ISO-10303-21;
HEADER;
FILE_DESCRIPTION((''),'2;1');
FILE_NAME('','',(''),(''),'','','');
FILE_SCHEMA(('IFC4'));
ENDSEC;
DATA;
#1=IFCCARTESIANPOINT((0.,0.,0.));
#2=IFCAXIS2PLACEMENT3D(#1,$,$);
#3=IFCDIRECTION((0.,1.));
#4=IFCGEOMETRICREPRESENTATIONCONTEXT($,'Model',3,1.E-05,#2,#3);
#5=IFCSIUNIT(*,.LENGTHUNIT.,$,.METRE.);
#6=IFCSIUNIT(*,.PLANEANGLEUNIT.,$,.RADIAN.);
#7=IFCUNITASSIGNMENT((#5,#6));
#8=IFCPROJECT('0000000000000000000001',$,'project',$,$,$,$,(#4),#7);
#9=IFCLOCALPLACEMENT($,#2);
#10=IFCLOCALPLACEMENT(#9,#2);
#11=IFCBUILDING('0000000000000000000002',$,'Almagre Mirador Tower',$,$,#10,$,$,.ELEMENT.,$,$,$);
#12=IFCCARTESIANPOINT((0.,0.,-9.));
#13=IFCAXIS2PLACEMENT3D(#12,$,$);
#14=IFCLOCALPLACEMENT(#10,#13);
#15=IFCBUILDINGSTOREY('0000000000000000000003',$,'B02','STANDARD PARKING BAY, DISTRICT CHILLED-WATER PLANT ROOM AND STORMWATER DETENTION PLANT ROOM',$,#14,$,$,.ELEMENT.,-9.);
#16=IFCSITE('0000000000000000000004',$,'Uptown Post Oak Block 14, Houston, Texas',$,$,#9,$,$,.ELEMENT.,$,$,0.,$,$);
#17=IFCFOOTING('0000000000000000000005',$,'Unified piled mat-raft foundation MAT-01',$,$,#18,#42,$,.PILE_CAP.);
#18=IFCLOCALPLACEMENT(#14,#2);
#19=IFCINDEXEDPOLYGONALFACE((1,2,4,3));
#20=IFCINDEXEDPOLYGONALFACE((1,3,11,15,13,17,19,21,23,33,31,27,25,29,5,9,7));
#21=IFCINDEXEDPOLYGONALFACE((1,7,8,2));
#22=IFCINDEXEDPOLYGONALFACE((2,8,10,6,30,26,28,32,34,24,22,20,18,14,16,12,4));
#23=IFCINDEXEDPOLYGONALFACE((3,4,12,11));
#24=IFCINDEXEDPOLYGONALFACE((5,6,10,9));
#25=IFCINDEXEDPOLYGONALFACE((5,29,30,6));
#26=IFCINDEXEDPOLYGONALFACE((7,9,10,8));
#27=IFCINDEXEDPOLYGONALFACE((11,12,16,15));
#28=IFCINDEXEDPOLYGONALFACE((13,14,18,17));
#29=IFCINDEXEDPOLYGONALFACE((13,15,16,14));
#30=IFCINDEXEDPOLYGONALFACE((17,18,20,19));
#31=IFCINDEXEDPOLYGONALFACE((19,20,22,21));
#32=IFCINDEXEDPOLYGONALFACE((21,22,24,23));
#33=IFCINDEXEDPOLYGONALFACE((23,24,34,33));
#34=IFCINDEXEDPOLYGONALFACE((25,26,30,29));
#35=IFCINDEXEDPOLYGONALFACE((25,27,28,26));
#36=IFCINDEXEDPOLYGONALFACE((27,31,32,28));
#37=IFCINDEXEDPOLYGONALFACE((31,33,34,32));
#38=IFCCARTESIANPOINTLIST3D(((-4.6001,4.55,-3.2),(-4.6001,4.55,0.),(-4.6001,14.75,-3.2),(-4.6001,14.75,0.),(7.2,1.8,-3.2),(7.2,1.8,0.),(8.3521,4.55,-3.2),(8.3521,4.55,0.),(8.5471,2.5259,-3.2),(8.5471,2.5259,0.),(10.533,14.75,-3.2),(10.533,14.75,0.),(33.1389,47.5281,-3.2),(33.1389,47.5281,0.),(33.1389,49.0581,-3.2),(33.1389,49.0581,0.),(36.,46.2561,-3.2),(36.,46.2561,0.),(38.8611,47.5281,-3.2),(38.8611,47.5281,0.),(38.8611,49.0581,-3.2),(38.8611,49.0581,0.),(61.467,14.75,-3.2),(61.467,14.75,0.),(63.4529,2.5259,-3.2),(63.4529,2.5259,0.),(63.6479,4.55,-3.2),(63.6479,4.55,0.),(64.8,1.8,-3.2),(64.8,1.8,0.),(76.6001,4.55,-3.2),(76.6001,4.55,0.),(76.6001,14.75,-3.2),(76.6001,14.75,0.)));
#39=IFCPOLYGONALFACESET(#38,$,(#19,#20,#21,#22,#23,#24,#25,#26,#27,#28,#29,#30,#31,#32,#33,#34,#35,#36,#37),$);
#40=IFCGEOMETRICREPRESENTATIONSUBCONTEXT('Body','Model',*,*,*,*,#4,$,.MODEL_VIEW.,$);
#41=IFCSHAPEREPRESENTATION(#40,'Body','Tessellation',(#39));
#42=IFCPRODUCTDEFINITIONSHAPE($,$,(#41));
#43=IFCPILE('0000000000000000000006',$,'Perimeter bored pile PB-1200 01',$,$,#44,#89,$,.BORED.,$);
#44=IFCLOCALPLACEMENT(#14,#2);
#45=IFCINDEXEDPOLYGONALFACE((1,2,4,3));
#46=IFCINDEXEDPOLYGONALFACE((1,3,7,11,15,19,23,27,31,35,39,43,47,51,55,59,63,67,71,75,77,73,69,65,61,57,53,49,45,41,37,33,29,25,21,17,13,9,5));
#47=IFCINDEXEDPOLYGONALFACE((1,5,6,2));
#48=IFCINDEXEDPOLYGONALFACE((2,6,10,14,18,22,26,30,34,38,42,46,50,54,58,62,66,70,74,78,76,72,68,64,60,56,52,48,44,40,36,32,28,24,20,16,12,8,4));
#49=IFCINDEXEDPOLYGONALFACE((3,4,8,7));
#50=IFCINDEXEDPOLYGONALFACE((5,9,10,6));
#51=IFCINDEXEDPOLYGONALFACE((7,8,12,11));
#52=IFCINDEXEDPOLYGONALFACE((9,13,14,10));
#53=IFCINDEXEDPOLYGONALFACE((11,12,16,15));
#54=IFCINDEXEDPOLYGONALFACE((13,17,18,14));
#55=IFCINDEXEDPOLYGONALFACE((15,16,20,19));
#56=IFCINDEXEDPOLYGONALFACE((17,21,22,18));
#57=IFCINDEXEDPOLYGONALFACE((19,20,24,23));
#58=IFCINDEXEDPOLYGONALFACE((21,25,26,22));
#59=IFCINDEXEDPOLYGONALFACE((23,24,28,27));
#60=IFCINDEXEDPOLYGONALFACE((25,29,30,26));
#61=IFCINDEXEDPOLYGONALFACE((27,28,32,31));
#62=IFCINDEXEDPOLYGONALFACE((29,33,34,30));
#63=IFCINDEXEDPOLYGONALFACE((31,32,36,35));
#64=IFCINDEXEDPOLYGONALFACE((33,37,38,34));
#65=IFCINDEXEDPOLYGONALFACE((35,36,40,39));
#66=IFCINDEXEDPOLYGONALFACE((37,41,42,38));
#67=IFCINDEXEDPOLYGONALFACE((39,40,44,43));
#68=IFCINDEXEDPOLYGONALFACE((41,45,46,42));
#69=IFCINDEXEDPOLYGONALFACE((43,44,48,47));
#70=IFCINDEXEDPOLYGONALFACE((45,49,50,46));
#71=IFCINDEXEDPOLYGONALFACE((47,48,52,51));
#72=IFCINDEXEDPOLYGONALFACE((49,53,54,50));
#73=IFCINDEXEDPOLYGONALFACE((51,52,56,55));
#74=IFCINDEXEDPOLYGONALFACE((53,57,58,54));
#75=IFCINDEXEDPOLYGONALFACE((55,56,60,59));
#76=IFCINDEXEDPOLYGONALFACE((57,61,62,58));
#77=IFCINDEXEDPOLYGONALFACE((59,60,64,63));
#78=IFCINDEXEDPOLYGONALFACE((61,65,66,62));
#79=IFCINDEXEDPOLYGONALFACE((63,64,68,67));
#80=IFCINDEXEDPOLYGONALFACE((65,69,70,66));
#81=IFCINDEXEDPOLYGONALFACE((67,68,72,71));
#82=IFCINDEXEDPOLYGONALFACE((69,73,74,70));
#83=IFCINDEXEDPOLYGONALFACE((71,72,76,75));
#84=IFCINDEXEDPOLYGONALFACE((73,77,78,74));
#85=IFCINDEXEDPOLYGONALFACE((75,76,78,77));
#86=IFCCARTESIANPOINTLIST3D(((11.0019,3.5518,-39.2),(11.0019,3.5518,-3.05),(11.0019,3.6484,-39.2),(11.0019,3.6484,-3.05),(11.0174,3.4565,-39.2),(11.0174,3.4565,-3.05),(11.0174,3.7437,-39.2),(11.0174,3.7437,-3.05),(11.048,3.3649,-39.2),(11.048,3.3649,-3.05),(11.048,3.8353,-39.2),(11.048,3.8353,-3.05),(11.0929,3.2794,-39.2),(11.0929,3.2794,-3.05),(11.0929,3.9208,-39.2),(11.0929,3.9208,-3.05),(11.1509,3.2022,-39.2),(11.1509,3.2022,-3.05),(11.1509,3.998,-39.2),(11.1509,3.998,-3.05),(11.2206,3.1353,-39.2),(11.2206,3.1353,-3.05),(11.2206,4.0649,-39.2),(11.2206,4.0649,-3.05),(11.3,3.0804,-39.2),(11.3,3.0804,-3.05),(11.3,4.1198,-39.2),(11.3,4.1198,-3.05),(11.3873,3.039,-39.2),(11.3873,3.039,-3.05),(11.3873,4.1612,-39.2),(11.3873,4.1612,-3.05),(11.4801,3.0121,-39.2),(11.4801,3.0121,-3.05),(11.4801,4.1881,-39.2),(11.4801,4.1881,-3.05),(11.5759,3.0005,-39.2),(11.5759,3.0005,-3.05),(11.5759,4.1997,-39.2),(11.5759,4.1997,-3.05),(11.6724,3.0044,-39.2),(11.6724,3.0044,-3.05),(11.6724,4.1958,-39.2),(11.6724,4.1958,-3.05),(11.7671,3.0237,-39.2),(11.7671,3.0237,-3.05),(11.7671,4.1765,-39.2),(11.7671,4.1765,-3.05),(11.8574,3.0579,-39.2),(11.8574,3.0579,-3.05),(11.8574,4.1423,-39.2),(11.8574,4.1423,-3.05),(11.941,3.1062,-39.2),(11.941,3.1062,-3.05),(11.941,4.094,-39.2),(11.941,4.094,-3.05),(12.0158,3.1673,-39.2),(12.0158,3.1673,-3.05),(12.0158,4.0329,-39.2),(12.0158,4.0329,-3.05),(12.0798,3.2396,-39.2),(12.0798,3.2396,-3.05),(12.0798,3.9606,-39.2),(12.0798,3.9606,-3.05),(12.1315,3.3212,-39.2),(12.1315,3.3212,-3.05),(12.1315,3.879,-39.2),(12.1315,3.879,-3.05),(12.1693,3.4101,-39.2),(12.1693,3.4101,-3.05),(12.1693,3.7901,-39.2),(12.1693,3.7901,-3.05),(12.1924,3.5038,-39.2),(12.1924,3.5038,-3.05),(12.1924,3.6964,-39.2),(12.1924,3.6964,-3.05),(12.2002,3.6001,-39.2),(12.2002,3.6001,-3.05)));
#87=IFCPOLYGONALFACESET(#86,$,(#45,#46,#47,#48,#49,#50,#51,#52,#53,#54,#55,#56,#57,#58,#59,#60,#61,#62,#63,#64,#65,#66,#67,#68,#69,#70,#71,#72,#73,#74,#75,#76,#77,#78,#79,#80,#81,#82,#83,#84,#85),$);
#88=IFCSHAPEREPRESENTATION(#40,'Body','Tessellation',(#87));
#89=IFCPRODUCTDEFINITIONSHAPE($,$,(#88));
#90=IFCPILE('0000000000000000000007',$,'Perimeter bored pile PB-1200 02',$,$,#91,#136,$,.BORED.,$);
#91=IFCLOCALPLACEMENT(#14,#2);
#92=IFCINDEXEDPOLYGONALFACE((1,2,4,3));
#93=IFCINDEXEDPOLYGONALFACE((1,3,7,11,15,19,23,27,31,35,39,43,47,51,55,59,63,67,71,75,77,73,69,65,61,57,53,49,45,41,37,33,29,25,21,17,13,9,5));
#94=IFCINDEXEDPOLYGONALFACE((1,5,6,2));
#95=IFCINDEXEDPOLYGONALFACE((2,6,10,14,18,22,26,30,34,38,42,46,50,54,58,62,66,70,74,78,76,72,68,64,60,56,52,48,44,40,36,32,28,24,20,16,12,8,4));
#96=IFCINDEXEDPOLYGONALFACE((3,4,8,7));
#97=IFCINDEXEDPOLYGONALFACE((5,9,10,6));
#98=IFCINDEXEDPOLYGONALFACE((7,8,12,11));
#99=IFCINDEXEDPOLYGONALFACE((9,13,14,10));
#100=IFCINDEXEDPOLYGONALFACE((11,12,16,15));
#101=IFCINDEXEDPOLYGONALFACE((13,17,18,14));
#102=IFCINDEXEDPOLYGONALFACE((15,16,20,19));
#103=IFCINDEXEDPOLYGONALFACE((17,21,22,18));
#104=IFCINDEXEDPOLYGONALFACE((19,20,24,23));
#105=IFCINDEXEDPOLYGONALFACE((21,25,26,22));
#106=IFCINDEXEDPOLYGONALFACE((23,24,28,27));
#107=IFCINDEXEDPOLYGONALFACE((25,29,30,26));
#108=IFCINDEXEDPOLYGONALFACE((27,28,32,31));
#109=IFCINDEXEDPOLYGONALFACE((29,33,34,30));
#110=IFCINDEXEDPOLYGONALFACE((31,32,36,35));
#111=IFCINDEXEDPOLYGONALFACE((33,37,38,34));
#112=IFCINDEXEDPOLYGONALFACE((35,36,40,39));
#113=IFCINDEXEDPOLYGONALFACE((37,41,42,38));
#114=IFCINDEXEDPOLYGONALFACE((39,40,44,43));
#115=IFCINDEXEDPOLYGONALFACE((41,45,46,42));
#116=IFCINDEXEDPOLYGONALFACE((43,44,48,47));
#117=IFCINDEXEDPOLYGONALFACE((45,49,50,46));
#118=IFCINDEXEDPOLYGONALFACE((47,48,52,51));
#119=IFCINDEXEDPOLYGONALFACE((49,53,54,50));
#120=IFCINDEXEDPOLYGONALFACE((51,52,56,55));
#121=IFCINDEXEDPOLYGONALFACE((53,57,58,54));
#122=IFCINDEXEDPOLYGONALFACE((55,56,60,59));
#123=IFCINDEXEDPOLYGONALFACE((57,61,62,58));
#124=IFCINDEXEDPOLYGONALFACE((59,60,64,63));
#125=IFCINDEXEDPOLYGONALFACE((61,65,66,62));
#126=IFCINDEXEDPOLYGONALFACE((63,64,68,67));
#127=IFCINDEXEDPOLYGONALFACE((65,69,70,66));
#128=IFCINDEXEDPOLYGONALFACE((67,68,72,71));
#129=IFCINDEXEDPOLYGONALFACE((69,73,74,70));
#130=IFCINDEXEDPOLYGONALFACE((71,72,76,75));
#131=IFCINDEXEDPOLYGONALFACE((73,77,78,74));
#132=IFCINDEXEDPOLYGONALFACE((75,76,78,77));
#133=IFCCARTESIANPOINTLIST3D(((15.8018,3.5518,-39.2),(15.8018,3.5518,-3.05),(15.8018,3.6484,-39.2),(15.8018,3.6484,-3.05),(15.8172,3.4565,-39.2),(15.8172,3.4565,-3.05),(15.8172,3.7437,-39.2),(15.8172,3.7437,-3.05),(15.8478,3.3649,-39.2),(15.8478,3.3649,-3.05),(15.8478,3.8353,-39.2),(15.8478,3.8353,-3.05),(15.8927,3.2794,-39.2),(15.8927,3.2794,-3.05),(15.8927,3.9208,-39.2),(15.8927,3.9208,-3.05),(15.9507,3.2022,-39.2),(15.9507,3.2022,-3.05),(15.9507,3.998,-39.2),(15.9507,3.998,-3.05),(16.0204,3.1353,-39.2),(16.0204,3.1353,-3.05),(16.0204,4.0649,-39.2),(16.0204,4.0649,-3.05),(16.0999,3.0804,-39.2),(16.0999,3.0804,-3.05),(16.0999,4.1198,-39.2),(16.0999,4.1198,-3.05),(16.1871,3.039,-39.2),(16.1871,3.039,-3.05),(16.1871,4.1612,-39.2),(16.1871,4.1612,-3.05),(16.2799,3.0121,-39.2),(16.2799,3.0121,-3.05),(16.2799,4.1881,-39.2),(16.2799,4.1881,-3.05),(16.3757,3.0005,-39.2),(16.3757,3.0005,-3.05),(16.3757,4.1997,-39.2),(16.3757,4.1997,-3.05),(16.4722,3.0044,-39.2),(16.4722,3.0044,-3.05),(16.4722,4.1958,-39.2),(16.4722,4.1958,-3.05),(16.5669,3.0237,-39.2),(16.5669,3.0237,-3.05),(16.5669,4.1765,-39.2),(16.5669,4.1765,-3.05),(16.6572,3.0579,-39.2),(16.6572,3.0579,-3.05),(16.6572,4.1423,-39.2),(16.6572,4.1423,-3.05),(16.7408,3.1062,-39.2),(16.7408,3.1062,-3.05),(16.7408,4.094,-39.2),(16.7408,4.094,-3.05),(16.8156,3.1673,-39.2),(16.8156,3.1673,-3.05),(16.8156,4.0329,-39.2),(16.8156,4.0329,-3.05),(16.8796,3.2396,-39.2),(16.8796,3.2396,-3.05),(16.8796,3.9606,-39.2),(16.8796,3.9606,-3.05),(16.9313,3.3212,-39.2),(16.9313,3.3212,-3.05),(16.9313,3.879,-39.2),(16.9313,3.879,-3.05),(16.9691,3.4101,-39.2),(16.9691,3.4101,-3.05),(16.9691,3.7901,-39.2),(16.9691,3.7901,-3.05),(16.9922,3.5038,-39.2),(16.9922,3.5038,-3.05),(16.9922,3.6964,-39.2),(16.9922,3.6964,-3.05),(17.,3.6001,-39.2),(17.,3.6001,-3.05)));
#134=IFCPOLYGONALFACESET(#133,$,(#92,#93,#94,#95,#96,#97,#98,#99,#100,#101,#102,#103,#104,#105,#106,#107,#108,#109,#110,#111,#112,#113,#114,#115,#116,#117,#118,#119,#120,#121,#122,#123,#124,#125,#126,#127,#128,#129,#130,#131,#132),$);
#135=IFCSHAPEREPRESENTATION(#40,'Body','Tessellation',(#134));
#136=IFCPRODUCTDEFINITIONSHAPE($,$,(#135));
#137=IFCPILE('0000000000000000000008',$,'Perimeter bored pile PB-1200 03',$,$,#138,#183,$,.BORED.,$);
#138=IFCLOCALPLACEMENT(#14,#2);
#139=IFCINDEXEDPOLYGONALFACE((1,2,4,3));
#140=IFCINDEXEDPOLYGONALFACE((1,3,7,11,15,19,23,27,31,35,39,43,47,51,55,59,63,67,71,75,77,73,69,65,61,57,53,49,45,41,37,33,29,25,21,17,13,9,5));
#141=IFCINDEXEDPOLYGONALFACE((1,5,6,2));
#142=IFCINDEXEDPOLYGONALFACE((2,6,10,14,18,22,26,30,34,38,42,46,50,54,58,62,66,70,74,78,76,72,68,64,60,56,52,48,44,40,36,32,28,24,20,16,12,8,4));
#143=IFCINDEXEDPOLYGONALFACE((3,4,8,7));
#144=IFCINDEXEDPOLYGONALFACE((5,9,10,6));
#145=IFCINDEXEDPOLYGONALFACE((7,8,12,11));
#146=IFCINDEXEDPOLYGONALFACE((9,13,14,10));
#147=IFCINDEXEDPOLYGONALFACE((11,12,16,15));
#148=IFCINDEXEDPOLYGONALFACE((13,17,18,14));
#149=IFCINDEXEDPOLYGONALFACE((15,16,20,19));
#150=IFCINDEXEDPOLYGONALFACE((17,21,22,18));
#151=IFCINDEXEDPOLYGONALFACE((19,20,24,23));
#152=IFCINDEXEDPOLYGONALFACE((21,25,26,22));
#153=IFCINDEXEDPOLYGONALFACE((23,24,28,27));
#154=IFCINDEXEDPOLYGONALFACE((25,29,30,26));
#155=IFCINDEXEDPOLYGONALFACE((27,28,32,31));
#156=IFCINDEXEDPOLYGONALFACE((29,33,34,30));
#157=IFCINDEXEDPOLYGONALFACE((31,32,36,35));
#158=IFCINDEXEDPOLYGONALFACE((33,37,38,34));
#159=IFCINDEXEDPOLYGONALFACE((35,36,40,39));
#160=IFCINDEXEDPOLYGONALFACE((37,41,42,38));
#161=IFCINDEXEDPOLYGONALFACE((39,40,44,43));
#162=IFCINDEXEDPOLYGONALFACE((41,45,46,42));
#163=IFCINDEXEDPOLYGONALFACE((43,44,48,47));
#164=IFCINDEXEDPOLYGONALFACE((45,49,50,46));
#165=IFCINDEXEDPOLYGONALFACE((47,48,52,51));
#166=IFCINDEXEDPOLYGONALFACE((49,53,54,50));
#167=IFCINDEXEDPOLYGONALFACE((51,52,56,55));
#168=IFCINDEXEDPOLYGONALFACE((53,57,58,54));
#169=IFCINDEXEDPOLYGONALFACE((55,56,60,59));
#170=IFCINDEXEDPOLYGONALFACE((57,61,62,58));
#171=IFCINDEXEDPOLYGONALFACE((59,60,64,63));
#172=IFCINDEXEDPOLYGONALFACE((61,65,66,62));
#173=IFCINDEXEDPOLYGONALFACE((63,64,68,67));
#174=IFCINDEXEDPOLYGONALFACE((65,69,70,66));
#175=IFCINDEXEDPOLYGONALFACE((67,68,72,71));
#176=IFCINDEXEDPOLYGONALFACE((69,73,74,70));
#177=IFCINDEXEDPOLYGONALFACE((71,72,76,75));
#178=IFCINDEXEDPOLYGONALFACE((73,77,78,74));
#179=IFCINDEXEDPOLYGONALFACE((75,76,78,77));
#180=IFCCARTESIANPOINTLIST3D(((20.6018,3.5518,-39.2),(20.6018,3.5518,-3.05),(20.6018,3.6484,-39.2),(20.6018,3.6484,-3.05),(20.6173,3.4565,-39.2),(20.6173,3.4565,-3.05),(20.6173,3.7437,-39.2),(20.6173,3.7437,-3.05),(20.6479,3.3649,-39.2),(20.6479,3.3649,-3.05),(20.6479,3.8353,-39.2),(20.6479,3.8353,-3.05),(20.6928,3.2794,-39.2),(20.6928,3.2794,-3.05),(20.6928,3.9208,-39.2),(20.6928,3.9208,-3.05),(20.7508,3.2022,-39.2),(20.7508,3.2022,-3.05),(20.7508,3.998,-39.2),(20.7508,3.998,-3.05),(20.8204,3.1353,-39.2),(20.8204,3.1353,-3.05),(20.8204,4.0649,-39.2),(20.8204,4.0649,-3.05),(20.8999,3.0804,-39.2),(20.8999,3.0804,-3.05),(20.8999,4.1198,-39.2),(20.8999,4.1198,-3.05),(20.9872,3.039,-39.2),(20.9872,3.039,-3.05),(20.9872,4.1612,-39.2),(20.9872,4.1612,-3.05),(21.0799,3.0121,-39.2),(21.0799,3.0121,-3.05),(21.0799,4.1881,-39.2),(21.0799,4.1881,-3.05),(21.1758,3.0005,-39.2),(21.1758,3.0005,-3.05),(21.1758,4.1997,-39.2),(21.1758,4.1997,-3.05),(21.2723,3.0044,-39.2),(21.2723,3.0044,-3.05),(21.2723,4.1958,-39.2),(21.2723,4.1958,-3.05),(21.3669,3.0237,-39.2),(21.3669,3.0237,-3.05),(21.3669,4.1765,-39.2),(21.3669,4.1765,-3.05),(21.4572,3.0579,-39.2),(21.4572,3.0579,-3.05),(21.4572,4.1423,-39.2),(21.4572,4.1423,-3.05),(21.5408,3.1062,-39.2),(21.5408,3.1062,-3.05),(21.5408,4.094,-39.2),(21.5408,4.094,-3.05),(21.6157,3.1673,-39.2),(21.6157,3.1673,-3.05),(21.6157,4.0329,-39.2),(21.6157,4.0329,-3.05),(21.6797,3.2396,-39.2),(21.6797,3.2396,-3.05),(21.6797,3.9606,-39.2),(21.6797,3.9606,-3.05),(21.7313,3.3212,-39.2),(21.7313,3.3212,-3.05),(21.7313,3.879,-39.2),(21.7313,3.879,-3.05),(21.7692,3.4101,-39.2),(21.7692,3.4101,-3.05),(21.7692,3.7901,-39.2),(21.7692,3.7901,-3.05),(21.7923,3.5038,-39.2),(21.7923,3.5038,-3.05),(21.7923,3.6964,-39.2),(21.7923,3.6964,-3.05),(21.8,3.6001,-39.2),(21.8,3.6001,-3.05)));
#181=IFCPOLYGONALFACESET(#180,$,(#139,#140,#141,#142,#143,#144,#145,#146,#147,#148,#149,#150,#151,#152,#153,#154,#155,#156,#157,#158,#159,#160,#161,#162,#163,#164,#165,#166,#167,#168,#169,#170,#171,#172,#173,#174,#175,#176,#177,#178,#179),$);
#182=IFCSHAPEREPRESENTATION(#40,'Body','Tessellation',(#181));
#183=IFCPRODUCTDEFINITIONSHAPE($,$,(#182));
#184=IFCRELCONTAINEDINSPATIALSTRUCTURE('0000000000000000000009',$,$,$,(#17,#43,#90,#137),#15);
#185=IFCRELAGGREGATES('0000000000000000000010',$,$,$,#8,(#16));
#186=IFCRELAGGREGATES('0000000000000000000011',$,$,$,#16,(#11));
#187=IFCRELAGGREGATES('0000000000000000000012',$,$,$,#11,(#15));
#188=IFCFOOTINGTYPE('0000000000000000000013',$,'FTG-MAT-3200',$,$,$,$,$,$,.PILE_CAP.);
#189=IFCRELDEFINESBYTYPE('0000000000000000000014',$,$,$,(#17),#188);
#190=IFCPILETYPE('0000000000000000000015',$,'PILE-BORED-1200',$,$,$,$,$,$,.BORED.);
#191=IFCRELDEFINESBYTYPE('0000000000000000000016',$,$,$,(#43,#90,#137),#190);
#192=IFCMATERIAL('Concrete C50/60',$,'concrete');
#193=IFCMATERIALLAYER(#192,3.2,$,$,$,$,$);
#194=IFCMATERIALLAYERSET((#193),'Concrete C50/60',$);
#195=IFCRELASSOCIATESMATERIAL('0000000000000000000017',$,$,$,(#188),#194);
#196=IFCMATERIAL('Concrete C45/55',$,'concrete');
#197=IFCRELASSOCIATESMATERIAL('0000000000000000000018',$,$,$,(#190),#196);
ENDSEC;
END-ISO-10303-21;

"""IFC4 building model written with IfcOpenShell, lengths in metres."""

from ifc_helpers import new_model, si_unit, direction, frame, origin, origin_2d, place, context, subcontext, project, spatial, polyline, circle, outline, extrude, material, layer, layer_set, material_profile, profile_set, type_object, element, save


model = new_model("IFC4")

# Units and contexts
model_context = context("Model", 3, precision=1e-05, world=origin(), true_north=direction((0.0, 1.0)))
body_context = subcontext(model_context, "Body", "Model", "MODEL_VIEW")
ifc_project = project(units=[si_unit("LENGTHUNIT", "METRE"), si_unit("PLANEANGLEUNIT", "RADIAN")], contexts=[model_context])

# Site, building, storey
site_placement = place(None, origin())
site = spatial("IfcSite", under=ifc_project, at=site_placement, Name="Uptown Post Oak Block 14, Houston, Texas", CompositionType="ELEMENT", RefElevation=0.0)
building_placement = place(site_placement, origin())
building = spatial("IfcBuilding", under=site, at=building_placement, Name="Almagre Mirador Tower", CompositionType="ELEMENT")
storey_placement = place(building_placement, frame((0.0, 0.0, -9.0)))
storey = spatial("IfcBuildingStorey", under=building, at=storey_placement, Name="B02", Description="STANDARD PARKING BAY, DISTRICT CHILLED-WATER PLANT ROOM AND STORMWATER DETENTION PLANT ROOM", CompositionType="ELEMENT", Elevation=-9.0)

# Footing
ifc_material_1 = material(Name="Concrete C50/60", Category="concrete")
ifc_layer_1 = layer(ifc_material_1, 3.2)
ifc_layer_set_1 = layer_set([ifc_layer_1], Name="Concrete C50/60")
footing_type = type_object("IfcFootingType", Name="FTG-MAT-3200", PredefinedType="PILE_CAP", material=ifc_layer_set_1)
footing_placement = place(storey_placement, frame((0.0, 0.0, -3.2)))
element("IfcFooting", 1, at=footing_placement, inside=storey, type_object=footing_type, Name="Unified piled mat-raft foundation MAT-01", PredefinedType="PILE_CAP", context=body_context, shape_type="SweptSolid", body=[
    extrude(outline(polyline([(33.1389, 49.0581), (10.533, 14.75), (-4.6001, 14.75), (-4.6001, 4.55), (8.3521, 4.55), (8.5471, 2.5259), (7.2, 1.8), (64.8, 1.8), (63.4529, 2.5259), (63.6479, 4.55), (76.6001, 4.55), (76.6001, 14.75), (61.467, 14.75), (38.8611, 49.0581), (38.8611, 47.5281), (36.0, 46.2561), (33.1389, 47.5281), (33.1389, 49.0581)])), origin(), (0.0, 0.0, 1.0), 3.2),
])

# Piles
ifc_material_2 = material(Name="Concrete C45/55", Category="concrete")
ifc_material_profile_1 = material_profile(ifc_material_2, circle(Radius=0.6001, at=origin_2d()), Name="PILE1200D")
ifc_profile_set_1 = profile_set([ifc_material_profile_1], Name="Concrete C45/55")
pile_type = type_object("IfcPileType", Name="PILE-BORED-1200", PredefinedType="BORED", material=ifc_profile_set_1)
for number, where, z_axis, x_axis, name in (
    (2, (11.6001, 3.6001, -3.05), (0.0, 0.0, -1.0), (1.0, 0.0, 0.0), "Perimeter bored pile PB-1200 01"),
    (3, (16.3999, 3.6001, -3.05), (0.0, 0.0, -1.0), (1.0, 0.0, 0.0), "Perimeter bored pile PB-1200 02"),
    (4, (21.2, 3.6001, -3.05), (0.0, 0.0, -1.0), (1.0, 0.0, 0.0), "Perimeter bored pile PB-1200 03"),
):
    element("IfcPile", number, at=place(storey_placement, frame(where, z_axis=z_axis, x_axis=x_axis)), inside=storey, type_object=pile_type, Name=name, PredefinedType="BORED", context=body_context, shape_type="SweptSolid", body=[
        extrude(circle(Radius=0.6001, at=origin_2d()), origin(), (0.0, 0.0, 1.0), 36.1499),
    ])

save(model, "model.ifc")
